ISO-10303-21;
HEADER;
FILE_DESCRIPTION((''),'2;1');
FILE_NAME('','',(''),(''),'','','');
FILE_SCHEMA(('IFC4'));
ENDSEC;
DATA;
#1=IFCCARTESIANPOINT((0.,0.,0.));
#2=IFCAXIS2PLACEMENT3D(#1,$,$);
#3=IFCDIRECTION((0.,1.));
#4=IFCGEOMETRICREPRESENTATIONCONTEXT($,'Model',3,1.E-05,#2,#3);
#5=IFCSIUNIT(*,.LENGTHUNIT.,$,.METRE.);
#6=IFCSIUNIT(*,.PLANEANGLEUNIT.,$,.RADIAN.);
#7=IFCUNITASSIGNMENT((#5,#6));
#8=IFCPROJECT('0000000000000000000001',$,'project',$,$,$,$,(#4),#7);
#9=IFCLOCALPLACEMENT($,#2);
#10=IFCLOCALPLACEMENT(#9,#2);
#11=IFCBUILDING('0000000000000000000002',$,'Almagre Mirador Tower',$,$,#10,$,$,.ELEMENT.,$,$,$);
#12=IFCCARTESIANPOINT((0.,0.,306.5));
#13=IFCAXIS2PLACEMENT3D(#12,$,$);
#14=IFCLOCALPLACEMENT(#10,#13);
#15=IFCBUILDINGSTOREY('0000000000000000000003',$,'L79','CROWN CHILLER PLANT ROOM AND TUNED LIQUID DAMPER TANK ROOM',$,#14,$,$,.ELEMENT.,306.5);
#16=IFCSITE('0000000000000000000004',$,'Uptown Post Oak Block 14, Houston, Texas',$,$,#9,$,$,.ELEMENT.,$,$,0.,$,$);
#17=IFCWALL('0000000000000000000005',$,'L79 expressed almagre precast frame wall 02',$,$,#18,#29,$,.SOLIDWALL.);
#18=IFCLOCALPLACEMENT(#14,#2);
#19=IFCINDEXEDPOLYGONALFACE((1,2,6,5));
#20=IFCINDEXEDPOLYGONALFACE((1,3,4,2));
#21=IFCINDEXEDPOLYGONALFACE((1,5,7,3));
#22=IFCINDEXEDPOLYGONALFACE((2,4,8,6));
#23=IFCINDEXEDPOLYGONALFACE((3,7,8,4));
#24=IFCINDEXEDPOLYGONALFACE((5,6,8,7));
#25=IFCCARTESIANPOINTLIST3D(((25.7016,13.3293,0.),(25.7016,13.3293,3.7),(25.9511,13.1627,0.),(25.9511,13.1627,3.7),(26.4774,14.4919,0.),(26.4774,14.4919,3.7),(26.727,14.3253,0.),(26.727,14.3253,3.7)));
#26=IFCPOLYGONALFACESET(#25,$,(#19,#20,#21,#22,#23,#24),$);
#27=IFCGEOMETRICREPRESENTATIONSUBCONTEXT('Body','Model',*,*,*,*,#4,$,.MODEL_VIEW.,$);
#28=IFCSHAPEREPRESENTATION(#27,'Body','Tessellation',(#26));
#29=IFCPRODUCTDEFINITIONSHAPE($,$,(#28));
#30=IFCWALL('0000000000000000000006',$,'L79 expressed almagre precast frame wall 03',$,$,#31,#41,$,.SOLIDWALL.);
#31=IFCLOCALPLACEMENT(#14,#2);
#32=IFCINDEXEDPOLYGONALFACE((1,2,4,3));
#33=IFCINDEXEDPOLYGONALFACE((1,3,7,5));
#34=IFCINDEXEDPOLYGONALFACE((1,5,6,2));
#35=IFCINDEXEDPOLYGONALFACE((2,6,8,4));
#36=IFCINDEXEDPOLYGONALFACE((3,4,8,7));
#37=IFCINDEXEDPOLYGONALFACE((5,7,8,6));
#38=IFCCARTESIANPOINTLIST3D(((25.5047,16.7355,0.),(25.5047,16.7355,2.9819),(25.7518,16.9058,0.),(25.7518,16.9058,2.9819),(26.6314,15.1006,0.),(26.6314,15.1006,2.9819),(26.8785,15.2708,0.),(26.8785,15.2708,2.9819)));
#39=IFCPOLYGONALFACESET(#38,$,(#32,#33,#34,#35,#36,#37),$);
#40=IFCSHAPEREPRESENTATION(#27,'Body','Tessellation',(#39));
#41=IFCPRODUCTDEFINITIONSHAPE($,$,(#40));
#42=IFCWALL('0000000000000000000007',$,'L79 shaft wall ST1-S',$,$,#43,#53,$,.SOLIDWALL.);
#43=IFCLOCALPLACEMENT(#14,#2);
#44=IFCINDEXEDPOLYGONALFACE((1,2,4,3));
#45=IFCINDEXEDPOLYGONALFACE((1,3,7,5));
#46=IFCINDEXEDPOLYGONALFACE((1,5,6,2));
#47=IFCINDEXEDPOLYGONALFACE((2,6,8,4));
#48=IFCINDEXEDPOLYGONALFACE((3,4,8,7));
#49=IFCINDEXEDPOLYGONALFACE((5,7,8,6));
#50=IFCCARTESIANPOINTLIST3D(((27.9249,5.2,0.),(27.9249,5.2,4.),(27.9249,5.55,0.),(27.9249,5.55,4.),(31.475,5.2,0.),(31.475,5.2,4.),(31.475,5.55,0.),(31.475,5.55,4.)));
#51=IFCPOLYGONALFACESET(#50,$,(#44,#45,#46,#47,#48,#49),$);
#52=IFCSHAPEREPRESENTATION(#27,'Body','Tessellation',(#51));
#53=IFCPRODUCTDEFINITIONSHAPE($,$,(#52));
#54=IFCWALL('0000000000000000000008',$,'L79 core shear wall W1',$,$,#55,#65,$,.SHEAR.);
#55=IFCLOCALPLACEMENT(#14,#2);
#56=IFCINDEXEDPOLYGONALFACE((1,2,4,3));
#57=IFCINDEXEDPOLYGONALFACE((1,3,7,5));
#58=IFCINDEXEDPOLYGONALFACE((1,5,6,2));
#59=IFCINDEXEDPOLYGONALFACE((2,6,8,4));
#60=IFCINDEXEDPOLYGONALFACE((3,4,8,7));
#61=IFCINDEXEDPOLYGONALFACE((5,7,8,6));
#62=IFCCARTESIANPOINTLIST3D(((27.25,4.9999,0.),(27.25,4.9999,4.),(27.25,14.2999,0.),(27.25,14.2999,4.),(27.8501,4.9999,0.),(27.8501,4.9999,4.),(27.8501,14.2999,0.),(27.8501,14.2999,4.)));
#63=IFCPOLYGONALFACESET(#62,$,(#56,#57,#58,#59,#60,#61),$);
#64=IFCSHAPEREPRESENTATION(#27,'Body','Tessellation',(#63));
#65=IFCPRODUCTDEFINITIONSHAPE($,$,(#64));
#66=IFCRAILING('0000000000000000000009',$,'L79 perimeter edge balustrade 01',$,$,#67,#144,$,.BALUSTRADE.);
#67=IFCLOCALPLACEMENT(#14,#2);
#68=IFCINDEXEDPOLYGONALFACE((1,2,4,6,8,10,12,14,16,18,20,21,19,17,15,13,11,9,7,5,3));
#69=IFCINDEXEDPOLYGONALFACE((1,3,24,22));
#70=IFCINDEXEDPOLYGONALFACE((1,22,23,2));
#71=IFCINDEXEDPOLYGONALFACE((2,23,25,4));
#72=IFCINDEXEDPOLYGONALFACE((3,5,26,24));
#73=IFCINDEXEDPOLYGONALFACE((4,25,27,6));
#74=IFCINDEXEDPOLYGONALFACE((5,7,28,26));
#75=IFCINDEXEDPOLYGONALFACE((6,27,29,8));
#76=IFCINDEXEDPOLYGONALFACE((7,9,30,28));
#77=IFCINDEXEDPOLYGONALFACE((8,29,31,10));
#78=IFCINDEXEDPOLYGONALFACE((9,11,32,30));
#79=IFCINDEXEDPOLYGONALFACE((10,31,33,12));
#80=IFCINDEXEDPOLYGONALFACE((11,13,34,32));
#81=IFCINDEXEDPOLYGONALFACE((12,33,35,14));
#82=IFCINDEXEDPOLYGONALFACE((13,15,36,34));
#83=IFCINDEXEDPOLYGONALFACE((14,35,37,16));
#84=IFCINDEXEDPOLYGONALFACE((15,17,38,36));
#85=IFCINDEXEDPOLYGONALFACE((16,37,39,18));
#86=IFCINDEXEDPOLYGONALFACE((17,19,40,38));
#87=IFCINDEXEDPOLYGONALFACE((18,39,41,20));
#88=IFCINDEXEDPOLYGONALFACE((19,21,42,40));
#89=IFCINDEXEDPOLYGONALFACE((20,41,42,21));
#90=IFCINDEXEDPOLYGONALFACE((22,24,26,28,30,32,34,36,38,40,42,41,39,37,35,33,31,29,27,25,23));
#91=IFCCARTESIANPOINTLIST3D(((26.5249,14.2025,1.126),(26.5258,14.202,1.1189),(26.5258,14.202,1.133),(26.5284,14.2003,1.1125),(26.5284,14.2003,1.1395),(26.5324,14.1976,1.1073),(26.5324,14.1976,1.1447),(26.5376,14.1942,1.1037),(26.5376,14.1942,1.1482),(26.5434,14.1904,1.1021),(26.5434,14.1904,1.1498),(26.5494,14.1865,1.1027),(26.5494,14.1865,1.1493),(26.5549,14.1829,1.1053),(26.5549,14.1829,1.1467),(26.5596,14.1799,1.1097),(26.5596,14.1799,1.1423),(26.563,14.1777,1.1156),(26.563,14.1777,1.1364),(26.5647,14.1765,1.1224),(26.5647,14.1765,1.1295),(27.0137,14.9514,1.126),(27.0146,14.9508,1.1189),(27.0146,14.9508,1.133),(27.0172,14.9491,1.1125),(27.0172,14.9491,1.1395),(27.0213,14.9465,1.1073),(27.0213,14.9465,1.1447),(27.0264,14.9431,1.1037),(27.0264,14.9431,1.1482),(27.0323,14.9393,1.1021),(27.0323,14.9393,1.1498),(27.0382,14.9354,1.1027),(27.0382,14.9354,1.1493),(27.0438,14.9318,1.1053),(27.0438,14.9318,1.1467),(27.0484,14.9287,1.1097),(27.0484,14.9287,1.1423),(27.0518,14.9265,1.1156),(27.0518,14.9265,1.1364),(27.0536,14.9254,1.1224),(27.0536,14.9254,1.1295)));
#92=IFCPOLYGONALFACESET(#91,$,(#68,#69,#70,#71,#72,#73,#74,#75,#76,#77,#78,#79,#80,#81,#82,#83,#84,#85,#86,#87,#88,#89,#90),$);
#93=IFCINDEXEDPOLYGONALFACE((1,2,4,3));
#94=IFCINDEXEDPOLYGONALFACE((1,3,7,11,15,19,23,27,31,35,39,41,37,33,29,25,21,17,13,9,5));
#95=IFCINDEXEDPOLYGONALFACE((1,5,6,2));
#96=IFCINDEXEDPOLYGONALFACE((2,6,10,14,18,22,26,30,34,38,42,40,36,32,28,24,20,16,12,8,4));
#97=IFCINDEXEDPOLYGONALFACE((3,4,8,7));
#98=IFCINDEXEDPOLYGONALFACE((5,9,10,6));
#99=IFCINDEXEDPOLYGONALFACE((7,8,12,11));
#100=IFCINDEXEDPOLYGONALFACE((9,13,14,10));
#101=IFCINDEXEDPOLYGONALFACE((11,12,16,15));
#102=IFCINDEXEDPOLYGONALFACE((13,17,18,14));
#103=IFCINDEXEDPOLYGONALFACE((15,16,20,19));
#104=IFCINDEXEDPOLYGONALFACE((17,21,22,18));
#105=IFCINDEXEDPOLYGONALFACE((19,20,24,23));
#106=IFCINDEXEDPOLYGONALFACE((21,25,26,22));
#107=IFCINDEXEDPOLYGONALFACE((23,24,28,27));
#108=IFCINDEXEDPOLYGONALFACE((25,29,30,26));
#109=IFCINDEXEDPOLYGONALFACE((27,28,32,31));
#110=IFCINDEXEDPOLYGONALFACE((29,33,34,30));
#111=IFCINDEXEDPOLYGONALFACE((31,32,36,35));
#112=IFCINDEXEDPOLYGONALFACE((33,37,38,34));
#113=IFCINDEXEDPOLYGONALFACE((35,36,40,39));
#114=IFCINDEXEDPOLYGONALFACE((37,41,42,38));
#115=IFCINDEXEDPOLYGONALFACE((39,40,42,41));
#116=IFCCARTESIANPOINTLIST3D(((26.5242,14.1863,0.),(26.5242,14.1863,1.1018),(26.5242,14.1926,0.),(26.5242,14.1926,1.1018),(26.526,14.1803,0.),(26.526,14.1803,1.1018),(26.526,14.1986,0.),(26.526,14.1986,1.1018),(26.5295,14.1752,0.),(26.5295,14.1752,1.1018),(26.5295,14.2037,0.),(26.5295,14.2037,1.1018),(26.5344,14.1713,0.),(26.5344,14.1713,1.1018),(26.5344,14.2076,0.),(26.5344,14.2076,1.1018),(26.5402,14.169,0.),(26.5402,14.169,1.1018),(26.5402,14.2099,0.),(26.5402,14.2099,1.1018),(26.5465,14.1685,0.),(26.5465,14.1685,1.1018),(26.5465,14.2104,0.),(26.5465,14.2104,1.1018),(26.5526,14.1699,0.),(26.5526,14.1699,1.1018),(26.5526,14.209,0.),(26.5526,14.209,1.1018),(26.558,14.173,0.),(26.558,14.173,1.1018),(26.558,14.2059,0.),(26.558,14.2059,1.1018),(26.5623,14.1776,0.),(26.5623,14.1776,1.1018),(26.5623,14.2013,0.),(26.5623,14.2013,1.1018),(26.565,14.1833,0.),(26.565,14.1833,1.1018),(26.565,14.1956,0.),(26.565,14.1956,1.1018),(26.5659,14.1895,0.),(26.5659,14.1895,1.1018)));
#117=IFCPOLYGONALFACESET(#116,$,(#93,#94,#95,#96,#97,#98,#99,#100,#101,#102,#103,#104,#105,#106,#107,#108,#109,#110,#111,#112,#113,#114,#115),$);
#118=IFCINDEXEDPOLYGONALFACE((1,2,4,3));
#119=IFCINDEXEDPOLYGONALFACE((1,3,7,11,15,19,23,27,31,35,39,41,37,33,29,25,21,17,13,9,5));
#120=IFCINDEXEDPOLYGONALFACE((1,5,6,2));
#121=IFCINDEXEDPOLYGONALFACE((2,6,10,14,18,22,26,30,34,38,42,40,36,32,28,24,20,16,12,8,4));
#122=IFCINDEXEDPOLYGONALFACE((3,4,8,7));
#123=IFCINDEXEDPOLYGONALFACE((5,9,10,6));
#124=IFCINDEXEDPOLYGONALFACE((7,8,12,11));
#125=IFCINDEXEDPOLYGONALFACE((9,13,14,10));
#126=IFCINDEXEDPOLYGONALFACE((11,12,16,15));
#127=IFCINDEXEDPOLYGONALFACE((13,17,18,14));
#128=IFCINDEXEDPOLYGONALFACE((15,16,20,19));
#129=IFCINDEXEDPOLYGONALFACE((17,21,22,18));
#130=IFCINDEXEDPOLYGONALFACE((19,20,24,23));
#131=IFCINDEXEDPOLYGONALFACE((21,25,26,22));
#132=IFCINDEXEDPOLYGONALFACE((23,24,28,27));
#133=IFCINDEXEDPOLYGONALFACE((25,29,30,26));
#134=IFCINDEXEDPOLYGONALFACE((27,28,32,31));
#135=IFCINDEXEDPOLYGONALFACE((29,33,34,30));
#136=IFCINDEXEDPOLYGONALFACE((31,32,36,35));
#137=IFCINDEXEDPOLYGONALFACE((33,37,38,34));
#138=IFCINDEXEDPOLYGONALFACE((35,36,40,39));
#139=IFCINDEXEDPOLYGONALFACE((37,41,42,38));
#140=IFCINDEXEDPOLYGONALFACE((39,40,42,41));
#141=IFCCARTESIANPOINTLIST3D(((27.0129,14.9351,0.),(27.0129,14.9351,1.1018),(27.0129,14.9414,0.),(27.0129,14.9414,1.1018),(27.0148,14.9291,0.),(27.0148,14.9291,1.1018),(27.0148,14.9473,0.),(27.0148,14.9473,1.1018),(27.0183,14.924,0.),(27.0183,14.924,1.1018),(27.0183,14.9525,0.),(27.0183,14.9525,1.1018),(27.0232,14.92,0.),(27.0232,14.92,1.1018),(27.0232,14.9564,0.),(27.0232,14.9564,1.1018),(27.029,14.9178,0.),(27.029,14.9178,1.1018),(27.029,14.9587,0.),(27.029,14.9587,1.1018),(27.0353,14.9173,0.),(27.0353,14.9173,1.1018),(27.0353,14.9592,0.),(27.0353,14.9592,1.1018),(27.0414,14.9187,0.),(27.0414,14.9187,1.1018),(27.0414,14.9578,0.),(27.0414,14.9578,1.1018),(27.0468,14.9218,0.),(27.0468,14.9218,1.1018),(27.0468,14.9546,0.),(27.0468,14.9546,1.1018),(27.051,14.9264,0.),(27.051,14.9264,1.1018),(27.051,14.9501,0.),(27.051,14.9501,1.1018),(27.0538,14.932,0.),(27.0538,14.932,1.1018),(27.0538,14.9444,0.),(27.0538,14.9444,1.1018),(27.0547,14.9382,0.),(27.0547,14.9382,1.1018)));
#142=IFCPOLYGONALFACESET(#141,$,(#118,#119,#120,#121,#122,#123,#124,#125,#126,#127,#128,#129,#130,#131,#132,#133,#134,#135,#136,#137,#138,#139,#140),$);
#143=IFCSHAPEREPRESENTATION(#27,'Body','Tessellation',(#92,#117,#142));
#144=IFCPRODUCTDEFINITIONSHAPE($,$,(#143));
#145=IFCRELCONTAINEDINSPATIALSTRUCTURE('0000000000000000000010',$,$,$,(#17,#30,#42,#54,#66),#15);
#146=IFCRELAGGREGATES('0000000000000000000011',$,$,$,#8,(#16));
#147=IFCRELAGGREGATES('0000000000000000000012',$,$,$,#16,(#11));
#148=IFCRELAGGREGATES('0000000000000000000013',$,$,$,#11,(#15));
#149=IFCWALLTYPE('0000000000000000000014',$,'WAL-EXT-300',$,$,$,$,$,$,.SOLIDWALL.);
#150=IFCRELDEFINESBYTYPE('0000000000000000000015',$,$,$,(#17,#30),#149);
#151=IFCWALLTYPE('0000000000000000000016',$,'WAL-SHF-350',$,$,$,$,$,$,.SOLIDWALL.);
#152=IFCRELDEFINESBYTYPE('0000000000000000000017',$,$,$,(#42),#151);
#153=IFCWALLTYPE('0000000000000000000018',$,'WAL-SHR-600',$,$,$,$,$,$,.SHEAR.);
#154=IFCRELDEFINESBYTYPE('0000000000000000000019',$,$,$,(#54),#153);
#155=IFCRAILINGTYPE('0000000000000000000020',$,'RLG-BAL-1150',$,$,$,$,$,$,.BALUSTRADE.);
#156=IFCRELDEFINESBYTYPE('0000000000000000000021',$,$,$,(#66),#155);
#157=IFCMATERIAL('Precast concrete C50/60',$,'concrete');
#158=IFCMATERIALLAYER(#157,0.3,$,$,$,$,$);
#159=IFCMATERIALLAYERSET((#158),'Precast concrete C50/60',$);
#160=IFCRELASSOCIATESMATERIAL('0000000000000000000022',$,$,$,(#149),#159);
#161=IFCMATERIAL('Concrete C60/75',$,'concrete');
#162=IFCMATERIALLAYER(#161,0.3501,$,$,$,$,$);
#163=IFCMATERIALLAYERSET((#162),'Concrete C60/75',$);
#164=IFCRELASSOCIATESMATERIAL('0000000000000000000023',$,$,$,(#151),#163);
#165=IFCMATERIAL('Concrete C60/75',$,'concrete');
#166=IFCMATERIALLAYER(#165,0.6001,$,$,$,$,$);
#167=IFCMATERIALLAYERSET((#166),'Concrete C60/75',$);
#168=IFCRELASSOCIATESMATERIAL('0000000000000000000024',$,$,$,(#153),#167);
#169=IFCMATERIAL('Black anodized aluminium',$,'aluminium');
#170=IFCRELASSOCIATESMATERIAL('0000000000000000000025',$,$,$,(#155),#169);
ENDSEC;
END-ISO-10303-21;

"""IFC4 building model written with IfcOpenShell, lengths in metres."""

from ifc_helpers import new_model, si_unit, direction, frame, frame_2d, origin, origin_2d, place, context, subcontext, project, spatial, rectangle, circle, extrude, material, layer, layer_set, type_object, element, save


model = new_model("IFC4")

# Units and contexts
model_context = context("Model", 3, precision=1e-05, world=origin(), true_north=direction((0.0, 1.0)))
body_context = subcontext(model_context, "Body", "Model", "MODEL_VIEW")
ifc_project = project(units=[si_unit("LENGTHUNIT", "METRE"), si_unit("PLANEANGLEUNIT", "RADIAN")], contexts=[model_context])

# Site, building, storey
site_placement = place(None, origin())
site = spatial("IfcSite", under=ifc_project, at=site_placement, Name="Uptown Post Oak Block 14, Houston, Texas", CompositionType="ELEMENT", RefElevation=0.0)
building_placement = place(site_placement, origin())
building = spatial("IfcBuilding", under=site, at=building_placement, Name="Almagre Mirador Tower", CompositionType="ELEMENT")
storey_placement = place(building_placement, frame((0.0, 0.0, 306.5)))
storey = spatial("IfcBuildingStorey", under=building, at=storey_placement, Name="L79", Description="CROWN CHILLER PLANT ROOM AND TUNED LIQUID DAMPER TANK ROOM", CompositionType="ELEMENT", Elevation=306.5)

# Walls
ifc_material_1 = material(Name="Precast concrete C50/60", Category="concrete")
ifc_layer_1 = layer(ifc_material_1, 0.3)
ifc_layer_set_1 = layer_set([ifc_layer_1], Name="Precast concrete C50/60")
wall_type_1 = type_object("IfcWallType", Name="WAL-EXT-300", PredefinedType="SOLIDWALL", material=ifc_layer_set_1)
wall_1_placement = place(storey_placement, frame((25.8264, 13.2461, 0.0), z_axis=(0.0, 0.0, 1.0), x_axis=(0.555103, 0.831781, 0.0)))
element("IfcWall", 1, at=wall_1_placement, inside=storey, type_object=wall_type_1, Name="L79 expressed almagre precast frame wall 02", PredefinedType="SOLIDWALL", context=body_context, shape_type="SweptSolid", body=[
    extrude(rectangle(XDim=1.3977, YDim=0.3, at=frame_2d((0.6987, 0.0))), origin(), (0.0, 0.0, 1.0), 3.7),
])
wall_2_placement = place(storey_placement, frame((26.7549, 15.1858, 0.0), z_axis=(0.0, 0.0, 1.0), x_axis=(-0.567431, 0.823421, 0.0)))
element("IfcWall", 2, at=wall_2_placement, inside=storey, type_object=wall_type_1, Name="L79 expressed almagre precast frame wall 03", PredefinedType="SOLIDWALL", context=body_context, shape_type="SweptSolid", body=[
    extrude(rectangle(XDim=1.9856, YDim=0.3, at=frame_2d((0.9927, 0.0))), origin(), (0.0, 0.0, 1.0), 2.9819),
])
ifc_material_2 = material(Name="Concrete C60/75", Category="concrete")
ifc_layer_2 = layer(ifc_material_2, 0.3501)
ifc_layer_set_2 = layer_set([ifc_layer_2], Name="Concrete C60/75")
wall_type_2 = type_object("IfcWallType", Name="WAL-SHF-350", PredefinedType="SOLIDWALL", material=ifc_layer_set_2)
wall_3_placement = place(storey_placement, frame((27.925, 5.375, 0.0), z_axis=(0.0, 0.0, 1.0), x_axis=(1.0, 0.0, 0.0)))
element("IfcWall", 3, at=wall_3_placement, inside=storey, type_object=wall_type_2, Name="L79 shaft wall ST1-S", PredefinedType="SOLIDWALL", context=body_context, shape_type="SweptSolid", body=[
    extrude(rectangle(XDim=3.55, YDim=0.3501, at=frame_2d((1.7749, 0.0))), origin(), (0.0, 0.0, 1.0), 4.0),
])
ifc_material_3 = material(Name="Concrete C60/75", Category="concrete")
ifc_layer_3 = layer(ifc_material_3, 0.6001)
ifc_layer_set_3 = layer_set([ifc_layer_3], Name="Concrete C60/75")
wall_type_3 = type_object("IfcWallType", Name="WAL-SHR-600", PredefinedType="SHEAR", material=ifc_layer_set_3)
wall_4_placement = place(storey_placement, frame((27.55, 5.0, 0.0), z_axis=(0.0, 0.0, 1.0), x_axis=(0.0, 1.0, 0.0)))
element("IfcWall", 4, at=wall_4_placement, inside=storey, type_object=wall_type_3, Name="L79 core shear wall W1", PredefinedType="SHEAR", context=body_context, shape_type="SweptSolid", body=[
    extrude(rectangle(XDim=9.3, YDim=0.6001, at=frame_2d((4.6499, 0.0))), origin(), (0.0, 0.0, 1.0), 4.0),
])

# Railing
ifc_material_4 = material(Name="Black anodized aluminium", Category="aluminium")
railing_type = type_object("IfcRailingType", Name="RLG-BAL-1150", PredefinedType="BALUSTRADE", material=ifc_material_4)
railing_1_placement = place(storey_placement, frame((26.5449, 14.1895, 0.0)))
element("IfcRailing", 5, at=railing_1_placement, inside=storey, type_object=railing_type, Name="L79 perimeter edge balustrade 01", PredefinedType="BALUSTRADE", context=body_context, shape_type="SweptSolid", body=[
    extrude(circle(Radius=0.0239, at=origin_2d()), frame((0.0, 0.0, 1.126), z_axis=(0.546609, 0.837388, 0.0), x_axis=(-0.837388, 0.546609, 0.0)), (0.0, 0.0, 1.0), 0.8943),
    extrude(circle(Radius=0.021, at=origin_2d()), origin(), (0.0, 0.0, 1.0), 1.1018),
    extrude(circle(Radius=0.021, at=origin_2d()), frame((0.4888, 0.7488, 0.0)), (0.0, 0.0, 1.0), 1.1018),
])

save(model, "model.ifc")
